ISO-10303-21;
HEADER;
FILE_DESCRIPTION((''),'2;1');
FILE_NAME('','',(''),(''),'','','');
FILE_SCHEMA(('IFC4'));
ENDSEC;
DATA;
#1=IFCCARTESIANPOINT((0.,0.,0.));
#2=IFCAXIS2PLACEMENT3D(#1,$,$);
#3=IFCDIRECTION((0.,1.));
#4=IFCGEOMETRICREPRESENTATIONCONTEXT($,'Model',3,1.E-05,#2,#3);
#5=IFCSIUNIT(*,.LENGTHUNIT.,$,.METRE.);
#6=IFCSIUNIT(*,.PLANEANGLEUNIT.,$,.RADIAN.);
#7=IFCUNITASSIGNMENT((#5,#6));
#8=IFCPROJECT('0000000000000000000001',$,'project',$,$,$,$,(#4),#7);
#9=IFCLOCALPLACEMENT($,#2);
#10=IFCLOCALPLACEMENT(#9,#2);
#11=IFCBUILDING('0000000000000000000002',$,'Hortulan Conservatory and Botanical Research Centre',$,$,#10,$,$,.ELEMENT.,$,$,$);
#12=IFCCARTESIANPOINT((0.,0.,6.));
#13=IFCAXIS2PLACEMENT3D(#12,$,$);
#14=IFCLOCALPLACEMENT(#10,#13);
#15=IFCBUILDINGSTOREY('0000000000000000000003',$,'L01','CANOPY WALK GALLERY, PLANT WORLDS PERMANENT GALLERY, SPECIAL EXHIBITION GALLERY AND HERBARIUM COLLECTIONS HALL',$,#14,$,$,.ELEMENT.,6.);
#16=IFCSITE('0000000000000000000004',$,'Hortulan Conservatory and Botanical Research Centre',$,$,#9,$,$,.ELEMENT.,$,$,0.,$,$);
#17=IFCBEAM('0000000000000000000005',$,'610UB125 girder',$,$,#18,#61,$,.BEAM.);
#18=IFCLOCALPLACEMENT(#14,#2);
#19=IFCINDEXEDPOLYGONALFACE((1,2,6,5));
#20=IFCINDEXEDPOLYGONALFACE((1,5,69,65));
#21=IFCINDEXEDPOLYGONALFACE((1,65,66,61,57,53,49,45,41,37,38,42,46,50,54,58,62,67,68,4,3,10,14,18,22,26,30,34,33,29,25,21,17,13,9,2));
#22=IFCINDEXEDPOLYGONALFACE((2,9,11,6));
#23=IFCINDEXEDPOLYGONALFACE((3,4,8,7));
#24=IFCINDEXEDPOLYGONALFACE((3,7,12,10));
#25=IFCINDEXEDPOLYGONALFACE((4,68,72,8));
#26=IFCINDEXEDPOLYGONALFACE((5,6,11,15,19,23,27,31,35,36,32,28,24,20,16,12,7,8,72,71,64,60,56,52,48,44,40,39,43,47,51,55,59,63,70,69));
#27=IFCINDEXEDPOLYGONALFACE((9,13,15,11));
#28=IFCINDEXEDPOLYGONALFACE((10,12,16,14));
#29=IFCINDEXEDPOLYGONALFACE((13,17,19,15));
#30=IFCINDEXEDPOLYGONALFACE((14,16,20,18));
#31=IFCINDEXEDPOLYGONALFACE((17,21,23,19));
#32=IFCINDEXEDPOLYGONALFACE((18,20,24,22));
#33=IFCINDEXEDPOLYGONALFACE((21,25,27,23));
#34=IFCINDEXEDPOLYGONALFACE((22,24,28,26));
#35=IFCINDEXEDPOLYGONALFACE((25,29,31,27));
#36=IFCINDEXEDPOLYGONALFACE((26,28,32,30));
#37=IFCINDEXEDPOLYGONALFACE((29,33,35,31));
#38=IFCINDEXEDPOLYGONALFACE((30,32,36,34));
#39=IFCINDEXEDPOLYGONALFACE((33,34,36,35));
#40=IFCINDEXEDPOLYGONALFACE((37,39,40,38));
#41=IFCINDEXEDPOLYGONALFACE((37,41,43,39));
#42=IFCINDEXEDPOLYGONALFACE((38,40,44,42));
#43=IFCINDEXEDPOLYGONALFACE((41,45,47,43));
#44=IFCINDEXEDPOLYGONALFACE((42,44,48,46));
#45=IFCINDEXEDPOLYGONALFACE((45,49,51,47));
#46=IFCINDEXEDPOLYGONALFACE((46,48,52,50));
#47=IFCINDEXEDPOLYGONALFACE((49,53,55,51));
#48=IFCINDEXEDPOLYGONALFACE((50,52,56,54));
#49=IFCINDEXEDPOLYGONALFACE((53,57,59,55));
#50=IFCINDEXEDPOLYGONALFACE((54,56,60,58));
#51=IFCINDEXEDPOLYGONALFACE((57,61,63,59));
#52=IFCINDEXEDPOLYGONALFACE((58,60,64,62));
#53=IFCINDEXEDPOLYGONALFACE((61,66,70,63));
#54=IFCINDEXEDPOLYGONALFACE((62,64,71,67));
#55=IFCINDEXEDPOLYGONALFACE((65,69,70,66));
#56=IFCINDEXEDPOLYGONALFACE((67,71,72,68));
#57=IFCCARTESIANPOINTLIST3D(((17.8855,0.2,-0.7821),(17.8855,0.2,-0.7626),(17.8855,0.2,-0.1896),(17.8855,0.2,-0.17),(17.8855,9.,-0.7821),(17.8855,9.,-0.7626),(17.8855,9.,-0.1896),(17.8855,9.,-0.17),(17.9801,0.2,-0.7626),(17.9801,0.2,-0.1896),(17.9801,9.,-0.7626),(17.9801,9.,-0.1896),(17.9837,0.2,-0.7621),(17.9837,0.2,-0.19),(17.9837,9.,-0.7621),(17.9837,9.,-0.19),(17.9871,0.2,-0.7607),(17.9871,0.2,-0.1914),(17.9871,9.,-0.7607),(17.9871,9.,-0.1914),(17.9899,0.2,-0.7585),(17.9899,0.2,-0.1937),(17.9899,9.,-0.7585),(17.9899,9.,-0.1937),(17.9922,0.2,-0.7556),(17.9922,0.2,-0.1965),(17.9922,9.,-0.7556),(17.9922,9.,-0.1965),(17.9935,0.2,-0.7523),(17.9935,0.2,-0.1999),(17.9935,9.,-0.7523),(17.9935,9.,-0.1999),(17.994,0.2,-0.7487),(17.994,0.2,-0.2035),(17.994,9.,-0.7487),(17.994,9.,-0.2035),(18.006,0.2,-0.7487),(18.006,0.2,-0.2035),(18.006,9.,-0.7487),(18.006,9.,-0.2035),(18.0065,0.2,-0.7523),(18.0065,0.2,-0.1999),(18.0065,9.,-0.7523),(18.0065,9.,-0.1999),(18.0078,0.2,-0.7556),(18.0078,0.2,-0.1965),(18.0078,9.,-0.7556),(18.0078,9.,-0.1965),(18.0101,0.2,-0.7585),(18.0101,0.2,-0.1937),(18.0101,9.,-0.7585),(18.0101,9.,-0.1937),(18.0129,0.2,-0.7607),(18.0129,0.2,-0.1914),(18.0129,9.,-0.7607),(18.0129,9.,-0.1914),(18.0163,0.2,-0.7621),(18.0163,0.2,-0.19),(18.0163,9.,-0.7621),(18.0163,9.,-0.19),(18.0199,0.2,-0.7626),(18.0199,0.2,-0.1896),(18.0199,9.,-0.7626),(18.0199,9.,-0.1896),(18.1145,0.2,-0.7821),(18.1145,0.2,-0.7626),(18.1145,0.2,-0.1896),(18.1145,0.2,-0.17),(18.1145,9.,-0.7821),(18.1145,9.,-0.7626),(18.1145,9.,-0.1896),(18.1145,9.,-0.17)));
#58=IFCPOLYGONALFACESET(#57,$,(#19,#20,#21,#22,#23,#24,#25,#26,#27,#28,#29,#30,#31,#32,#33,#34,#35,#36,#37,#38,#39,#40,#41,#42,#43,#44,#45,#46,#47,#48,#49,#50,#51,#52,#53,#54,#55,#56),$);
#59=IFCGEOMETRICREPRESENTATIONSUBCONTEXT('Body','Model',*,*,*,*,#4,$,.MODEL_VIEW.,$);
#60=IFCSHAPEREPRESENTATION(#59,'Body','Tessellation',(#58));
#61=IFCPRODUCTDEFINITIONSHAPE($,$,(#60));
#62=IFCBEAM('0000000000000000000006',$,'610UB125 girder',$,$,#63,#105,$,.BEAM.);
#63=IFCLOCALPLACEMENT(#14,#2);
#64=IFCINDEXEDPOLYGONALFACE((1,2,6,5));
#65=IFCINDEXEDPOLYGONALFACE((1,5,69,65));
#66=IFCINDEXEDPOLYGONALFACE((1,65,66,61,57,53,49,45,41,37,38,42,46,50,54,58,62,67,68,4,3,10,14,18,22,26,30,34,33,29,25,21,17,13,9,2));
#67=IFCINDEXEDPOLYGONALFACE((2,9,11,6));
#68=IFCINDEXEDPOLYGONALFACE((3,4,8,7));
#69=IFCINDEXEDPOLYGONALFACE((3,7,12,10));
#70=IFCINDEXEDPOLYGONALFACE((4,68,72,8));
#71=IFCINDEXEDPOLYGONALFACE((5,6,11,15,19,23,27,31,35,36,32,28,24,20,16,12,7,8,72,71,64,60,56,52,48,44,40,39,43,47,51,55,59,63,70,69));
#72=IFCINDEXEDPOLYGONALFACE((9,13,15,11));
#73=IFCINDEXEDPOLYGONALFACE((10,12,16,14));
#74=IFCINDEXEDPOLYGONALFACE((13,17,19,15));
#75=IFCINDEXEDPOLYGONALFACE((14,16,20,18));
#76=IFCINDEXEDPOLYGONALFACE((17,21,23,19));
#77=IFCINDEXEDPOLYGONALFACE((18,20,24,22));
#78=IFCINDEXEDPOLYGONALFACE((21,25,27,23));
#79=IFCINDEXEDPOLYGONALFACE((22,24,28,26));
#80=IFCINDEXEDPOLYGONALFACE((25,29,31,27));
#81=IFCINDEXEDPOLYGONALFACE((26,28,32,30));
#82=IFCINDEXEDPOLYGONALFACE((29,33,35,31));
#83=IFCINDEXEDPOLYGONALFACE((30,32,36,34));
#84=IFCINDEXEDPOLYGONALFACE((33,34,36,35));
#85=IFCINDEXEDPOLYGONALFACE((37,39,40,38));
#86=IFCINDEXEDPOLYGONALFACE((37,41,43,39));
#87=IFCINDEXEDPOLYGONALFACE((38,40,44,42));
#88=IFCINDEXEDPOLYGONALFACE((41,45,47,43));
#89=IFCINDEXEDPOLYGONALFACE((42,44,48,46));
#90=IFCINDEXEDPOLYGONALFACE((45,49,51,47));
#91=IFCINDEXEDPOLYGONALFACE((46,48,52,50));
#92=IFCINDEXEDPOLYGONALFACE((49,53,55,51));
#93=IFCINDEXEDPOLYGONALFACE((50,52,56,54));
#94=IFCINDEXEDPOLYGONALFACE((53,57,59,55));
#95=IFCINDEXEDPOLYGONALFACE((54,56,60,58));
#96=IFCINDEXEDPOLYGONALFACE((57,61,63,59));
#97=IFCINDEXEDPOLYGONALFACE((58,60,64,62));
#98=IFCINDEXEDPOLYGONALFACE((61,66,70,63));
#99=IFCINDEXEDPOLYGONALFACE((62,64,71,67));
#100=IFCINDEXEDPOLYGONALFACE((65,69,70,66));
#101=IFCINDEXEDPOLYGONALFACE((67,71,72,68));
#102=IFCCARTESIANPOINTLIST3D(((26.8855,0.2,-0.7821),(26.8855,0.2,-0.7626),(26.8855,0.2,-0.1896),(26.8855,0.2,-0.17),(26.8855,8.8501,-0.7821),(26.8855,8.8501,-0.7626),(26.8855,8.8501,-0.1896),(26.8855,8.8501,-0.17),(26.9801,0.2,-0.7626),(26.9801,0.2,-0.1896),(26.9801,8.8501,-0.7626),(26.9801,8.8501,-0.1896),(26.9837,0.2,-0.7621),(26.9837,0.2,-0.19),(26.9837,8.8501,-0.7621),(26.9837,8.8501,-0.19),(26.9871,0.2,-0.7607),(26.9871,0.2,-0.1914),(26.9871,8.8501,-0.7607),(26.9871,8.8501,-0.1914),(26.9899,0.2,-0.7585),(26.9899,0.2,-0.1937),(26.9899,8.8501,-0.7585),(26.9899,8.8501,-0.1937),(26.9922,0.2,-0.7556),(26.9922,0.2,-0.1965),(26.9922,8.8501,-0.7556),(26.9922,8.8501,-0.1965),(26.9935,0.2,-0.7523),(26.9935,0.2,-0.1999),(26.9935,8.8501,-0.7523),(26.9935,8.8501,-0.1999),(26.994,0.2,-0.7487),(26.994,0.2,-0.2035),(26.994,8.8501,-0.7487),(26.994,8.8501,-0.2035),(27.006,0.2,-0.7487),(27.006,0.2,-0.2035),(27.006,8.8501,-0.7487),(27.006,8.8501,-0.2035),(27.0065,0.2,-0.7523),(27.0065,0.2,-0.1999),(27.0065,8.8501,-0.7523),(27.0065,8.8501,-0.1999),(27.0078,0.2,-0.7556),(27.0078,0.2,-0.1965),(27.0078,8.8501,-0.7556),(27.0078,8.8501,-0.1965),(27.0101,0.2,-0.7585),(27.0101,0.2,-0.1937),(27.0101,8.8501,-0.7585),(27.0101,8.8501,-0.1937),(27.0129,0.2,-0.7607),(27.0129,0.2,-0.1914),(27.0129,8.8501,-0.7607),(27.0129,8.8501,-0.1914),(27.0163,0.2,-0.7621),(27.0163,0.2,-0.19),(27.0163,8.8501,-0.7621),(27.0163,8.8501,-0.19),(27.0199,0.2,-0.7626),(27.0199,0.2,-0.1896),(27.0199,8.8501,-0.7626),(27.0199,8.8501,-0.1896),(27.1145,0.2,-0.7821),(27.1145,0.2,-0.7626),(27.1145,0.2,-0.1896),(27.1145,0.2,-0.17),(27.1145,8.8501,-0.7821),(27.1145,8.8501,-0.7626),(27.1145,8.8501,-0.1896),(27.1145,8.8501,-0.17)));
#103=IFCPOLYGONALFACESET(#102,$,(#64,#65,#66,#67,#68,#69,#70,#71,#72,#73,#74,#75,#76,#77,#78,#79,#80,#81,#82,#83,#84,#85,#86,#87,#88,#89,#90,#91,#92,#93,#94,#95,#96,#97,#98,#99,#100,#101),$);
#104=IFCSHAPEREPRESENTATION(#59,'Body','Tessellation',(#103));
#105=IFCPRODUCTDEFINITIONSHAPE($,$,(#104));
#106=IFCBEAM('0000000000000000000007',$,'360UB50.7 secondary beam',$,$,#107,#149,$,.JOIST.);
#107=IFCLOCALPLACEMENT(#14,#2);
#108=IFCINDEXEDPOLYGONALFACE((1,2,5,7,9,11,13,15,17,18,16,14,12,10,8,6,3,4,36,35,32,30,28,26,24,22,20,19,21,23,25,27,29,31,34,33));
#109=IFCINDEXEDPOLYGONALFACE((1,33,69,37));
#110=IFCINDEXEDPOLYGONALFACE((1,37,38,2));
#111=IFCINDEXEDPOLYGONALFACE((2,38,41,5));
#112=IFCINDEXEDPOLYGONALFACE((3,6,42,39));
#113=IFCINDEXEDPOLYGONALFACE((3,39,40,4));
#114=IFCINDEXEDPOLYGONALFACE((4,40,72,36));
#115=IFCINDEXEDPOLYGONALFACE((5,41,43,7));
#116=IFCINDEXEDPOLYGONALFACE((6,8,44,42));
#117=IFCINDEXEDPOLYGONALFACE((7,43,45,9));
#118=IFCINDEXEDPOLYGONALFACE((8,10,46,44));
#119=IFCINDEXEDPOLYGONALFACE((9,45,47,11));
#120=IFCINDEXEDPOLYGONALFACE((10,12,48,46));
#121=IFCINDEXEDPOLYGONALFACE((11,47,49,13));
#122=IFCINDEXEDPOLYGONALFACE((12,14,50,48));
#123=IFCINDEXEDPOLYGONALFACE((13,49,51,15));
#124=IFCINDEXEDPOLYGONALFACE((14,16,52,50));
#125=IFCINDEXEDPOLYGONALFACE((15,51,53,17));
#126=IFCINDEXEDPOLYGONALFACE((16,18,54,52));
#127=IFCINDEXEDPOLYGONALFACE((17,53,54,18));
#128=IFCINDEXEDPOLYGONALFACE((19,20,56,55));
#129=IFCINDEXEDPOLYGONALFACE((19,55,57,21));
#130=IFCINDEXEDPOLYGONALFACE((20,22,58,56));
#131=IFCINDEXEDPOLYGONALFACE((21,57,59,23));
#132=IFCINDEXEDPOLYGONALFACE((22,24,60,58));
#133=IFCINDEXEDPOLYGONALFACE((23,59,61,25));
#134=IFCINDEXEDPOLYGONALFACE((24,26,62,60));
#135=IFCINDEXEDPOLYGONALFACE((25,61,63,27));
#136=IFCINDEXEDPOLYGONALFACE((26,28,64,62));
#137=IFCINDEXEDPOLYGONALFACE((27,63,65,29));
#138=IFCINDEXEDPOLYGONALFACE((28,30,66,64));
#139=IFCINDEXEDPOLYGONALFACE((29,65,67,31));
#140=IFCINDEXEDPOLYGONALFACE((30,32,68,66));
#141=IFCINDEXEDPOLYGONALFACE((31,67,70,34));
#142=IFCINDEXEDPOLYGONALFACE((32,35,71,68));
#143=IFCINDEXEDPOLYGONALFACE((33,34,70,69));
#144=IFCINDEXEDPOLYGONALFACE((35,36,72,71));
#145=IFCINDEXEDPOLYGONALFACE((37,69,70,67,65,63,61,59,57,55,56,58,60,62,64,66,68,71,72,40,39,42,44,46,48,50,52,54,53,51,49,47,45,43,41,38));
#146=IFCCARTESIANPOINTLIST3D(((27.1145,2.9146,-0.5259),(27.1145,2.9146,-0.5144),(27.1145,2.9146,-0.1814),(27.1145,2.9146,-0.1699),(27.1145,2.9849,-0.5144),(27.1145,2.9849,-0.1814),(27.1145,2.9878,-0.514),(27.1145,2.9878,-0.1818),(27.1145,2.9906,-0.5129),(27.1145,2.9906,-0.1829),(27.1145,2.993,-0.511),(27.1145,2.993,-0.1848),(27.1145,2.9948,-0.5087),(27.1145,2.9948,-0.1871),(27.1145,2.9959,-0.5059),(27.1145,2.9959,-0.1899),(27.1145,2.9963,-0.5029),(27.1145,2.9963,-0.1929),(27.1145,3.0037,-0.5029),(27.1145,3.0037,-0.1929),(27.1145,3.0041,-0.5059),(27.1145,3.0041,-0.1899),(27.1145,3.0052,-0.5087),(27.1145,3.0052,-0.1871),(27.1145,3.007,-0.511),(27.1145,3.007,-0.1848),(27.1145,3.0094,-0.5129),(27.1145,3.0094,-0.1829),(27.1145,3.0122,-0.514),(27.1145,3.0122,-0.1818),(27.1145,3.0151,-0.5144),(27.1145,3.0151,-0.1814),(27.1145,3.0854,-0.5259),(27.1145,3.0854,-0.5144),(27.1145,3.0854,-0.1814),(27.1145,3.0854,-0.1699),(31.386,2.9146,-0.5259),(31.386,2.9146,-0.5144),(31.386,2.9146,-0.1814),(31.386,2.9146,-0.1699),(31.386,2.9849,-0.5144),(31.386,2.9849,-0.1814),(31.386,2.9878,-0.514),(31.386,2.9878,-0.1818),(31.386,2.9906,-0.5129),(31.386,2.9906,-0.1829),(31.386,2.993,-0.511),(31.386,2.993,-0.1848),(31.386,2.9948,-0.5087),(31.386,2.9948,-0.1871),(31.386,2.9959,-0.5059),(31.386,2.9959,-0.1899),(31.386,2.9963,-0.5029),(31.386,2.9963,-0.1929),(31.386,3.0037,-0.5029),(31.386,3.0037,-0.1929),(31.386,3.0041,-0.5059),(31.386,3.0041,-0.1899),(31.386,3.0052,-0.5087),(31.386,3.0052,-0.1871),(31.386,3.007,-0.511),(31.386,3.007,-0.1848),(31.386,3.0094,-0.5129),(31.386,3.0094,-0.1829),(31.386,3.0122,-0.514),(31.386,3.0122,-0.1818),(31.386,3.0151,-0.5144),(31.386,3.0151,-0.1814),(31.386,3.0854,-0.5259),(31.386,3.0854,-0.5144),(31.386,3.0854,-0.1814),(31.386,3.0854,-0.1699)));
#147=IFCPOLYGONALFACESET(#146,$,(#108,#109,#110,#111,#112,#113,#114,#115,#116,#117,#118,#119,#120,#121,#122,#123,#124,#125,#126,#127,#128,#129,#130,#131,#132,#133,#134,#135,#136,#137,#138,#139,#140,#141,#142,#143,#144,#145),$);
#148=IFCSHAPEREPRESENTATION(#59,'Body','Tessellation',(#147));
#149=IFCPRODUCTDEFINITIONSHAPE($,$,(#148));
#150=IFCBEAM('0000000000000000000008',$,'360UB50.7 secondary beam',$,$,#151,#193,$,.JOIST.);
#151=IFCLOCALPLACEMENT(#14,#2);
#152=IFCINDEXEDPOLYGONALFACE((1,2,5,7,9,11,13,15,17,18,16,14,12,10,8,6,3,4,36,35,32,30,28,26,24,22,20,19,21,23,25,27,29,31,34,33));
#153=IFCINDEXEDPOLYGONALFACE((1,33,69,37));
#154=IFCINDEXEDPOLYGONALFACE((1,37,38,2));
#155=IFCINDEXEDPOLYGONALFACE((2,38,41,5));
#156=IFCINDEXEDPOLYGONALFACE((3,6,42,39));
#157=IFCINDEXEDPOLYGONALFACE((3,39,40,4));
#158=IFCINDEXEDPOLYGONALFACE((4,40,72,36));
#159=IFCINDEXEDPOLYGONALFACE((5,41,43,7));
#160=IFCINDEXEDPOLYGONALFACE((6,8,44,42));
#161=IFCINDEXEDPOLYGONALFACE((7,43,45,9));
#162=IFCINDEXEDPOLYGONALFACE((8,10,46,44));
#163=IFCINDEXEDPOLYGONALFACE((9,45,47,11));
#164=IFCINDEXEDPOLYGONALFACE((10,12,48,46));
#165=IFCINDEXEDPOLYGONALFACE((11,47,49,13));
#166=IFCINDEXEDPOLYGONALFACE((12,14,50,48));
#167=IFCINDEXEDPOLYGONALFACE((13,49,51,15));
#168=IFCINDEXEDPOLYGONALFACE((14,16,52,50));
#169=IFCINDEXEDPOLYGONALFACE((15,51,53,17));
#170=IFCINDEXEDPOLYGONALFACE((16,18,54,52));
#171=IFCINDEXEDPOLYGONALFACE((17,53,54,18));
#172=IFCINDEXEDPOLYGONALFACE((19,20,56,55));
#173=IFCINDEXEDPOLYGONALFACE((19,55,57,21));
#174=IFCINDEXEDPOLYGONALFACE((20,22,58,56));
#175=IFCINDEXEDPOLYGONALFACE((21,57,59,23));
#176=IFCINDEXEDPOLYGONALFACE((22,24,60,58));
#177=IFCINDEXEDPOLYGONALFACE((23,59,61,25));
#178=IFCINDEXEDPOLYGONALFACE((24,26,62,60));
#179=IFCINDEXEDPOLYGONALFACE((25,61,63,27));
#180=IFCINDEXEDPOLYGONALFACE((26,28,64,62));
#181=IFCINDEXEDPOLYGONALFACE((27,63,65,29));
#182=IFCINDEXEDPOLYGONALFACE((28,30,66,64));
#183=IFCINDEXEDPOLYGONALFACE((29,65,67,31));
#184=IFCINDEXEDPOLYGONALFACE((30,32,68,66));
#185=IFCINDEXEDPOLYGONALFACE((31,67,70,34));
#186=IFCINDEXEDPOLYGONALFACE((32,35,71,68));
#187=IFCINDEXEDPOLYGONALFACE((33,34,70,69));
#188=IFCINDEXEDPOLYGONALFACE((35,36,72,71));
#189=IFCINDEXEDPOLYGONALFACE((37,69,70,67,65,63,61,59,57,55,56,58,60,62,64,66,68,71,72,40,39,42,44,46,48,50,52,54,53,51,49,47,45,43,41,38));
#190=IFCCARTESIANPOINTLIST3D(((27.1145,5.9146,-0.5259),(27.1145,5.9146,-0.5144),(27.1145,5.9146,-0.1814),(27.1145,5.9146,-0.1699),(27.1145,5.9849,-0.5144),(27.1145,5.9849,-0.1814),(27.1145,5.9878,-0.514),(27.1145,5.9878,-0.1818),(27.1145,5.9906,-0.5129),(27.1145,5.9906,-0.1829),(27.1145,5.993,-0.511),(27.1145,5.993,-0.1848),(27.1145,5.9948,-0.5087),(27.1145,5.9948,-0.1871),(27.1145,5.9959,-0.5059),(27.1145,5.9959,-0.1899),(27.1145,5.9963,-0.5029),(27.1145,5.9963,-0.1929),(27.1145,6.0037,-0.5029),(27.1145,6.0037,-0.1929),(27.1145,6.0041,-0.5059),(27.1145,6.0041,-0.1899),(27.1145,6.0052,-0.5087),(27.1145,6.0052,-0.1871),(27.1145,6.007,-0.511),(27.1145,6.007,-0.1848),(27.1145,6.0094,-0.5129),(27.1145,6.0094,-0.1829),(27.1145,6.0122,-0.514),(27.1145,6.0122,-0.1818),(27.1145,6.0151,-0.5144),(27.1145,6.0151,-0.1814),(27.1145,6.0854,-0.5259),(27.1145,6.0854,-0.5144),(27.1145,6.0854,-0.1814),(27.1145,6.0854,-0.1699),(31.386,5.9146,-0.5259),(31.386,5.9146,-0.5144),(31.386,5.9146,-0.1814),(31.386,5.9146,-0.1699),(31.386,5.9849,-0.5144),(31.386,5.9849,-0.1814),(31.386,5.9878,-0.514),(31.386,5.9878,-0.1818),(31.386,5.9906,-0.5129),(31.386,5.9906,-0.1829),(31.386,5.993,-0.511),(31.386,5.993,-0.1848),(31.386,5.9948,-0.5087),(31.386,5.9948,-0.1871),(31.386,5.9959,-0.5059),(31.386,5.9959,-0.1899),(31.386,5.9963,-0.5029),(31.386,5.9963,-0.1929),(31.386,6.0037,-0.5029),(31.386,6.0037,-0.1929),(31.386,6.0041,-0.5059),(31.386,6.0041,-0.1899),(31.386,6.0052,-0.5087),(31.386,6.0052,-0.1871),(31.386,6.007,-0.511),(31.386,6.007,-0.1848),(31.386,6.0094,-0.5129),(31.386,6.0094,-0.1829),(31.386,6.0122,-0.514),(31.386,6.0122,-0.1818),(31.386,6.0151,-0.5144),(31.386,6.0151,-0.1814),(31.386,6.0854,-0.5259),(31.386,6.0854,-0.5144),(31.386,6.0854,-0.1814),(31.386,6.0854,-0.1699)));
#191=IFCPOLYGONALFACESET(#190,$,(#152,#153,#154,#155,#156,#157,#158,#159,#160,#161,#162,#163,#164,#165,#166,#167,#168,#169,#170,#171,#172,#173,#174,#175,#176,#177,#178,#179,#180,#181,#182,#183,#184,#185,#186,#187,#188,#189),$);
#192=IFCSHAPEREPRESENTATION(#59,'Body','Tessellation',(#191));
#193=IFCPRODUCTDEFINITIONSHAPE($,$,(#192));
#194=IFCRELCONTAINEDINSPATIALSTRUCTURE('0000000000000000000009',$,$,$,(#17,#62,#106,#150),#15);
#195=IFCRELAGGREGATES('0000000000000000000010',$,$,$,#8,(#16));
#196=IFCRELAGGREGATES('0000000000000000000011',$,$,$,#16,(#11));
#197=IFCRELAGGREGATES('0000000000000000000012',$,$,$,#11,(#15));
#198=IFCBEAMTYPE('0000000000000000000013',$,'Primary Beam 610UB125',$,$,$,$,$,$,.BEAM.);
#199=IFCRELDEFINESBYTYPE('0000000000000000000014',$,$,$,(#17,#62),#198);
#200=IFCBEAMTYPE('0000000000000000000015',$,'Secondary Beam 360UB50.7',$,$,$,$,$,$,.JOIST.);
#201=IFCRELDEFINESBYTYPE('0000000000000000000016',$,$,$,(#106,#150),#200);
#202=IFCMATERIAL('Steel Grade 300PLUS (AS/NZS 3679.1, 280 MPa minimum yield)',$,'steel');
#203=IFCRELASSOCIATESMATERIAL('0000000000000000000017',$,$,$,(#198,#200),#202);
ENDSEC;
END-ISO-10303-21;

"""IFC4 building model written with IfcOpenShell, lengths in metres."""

from ifc_helpers import new_model, si_unit, direction, frame, origin, origin_2d, place, context, subcontext, project, spatial, i_section, extrude, material, material_profile, profile_set, type_object, element, save


model = new_model("IFC4")

# Units and contexts
model_context = context("Model", 3, precision=1e-05, world=origin(), true_north=direction((0.0, 1.0)))
body_context = subcontext(model_context, "Body", "Model", "MODEL_VIEW")
ifc_project = project(units=[si_unit("LENGTHUNIT", "METRE"), si_unit("PLANEANGLEUNIT", "RADIAN")], contexts=[model_context])

# Site, building, storey
site_placement = place(None, origin())
site = spatial("IfcSite", under=ifc_project, at=site_placement, Name="Hortulan Conservatory and Botanical Research Centre", CompositionType="ELEMENT", RefElevation=0.0)
building_placement = place(site_placement, origin())
building = spatial("IfcBuilding", under=site, at=building_placement, Name="Hortulan Conservatory and Botanical Research Centre", CompositionType="ELEMENT")
storey_placement = place(building_placement, frame((0.0, 0.0, 6.0)))
storey = spatial("IfcBuildingStorey", under=building, at=storey_placement, Name="L01", Description="CANOPY WALK GALLERY, PLANT WORLDS PERMANENT GALLERY, SPECIAL EXHIBITION GALLERY AND HERBARIUM COLLECTIONS HALL", CompositionType="ELEMENT", Elevation=6.0)

# Beams
ifc_material_1 = material(Name="Steel Grade 300PLUS (AS/NZS 3679.1, 280 MPa minimum yield)", Category="steel")
ifc_material_profile_1 = material_profile(ifc_material_1, i_section(OverallWidth=0.229, OverallDepth=0.6121, WebThickness=0.012, FlangeThickness=0.0195, FilletRadius=0.0139, at=origin_2d()), Name="610UB125")
ifc_profile_set_1 = profile_set([ifc_material_profile_1], Name="Steel Grade 300PLUS (AS/NZS 3679.1, 280 MPa minimum yield)")
beam_type_1 = type_object("IfcBeamType", Name="Primary Beam 610UB125", PredefinedType="BEAM", material=ifc_profile_set_1)
beam_1_placement = place(storey_placement, frame((18.0, 0.2, -0.4761), z_axis=(0.0, 1.0, 0.0), x_axis=(-1.0, 0.0, 0.0)))
element("IfcBeam", 1, at=beam_1_placement, inside=storey, type_object=beam_type_1, Name="610UB125 girder", PredefinedType="BEAM", context=body_context, shape_type="SweptSolid", body=[
    extrude(i_section(OverallWidth=0.229, OverallDepth=0.6121, WebThickness=0.012, FlangeThickness=0.0195, FilletRadius=0.0139, at=origin_2d()), origin(), (0.0, 0.0, 1.0), 8.8),
])
beam_2_placement = place(storey_placement, frame((27.0, 0.2, -0.4761), z_axis=(0.0, 1.0, 0.0), x_axis=(-1.0, 0.0, 0.0)))
element("IfcBeam", 2, at=beam_2_placement, inside=storey, type_object=beam_type_1, Name="610UB125 girder", PredefinedType="BEAM", context=body_context, shape_type="SweptSolid", body=[
    extrude(i_section(OverallWidth=0.229, OverallDepth=0.6121, WebThickness=0.012, FlangeThickness=0.0195, FilletRadius=0.0139, at=origin_2d()), origin(), (0.0, 0.0, 1.0), 8.6501),
])
ifc_material_profile_2 = material_profile(ifc_material_1, i_section(OverallWidth=0.1709, OverallDepth=0.356, WebThickness=0.0073, FlangeThickness=0.0115, FilletRadius=0.0115, at=origin_2d()), Name="360UB50.7")
ifc_profile_set_2 = profile_set([ifc_material_profile_2], Name="Steel Grade 300PLUS (AS/NZS 3679.1, 280 MPa minimum yield)")
beam_type_2 = type_object("IfcBeamType", Name="Secondary Beam 360UB50.7", PredefinedType="JOIST", material=ifc_profile_set_2)
for number, where, z_axis, x_axis, name in (
    (3, (27.1145, 3.0, -0.3479), (1.0, 0.0, 0.0), (0.0, 1.0, 0.0), "360UB50.7 secondary beam"),
    (4, (27.1145, 6.0, -0.3479), (1.0, 0.0, 0.0), (0.0, 1.0, 0.0), "360UB50.7 secondary beam"),
):
    element("IfcBeam", number, at=place(storey_placement, frame(where, z_axis=z_axis, x_axis=x_axis)), inside=storey, type_object=beam_type_2, Name=name, PredefinedType="JOIST", context=body_context, shape_type="SweptSolid", body=[
        extrude(i_section(OverallWidth=0.1709, OverallDepth=0.356, WebThickness=0.0073, FlangeThickness=0.0115, FilletRadius=0.0115, at=origin_2d()), origin(), (0.0, 0.0, 1.0), 4.2715),
    ])

save(model, "model.ifc")
